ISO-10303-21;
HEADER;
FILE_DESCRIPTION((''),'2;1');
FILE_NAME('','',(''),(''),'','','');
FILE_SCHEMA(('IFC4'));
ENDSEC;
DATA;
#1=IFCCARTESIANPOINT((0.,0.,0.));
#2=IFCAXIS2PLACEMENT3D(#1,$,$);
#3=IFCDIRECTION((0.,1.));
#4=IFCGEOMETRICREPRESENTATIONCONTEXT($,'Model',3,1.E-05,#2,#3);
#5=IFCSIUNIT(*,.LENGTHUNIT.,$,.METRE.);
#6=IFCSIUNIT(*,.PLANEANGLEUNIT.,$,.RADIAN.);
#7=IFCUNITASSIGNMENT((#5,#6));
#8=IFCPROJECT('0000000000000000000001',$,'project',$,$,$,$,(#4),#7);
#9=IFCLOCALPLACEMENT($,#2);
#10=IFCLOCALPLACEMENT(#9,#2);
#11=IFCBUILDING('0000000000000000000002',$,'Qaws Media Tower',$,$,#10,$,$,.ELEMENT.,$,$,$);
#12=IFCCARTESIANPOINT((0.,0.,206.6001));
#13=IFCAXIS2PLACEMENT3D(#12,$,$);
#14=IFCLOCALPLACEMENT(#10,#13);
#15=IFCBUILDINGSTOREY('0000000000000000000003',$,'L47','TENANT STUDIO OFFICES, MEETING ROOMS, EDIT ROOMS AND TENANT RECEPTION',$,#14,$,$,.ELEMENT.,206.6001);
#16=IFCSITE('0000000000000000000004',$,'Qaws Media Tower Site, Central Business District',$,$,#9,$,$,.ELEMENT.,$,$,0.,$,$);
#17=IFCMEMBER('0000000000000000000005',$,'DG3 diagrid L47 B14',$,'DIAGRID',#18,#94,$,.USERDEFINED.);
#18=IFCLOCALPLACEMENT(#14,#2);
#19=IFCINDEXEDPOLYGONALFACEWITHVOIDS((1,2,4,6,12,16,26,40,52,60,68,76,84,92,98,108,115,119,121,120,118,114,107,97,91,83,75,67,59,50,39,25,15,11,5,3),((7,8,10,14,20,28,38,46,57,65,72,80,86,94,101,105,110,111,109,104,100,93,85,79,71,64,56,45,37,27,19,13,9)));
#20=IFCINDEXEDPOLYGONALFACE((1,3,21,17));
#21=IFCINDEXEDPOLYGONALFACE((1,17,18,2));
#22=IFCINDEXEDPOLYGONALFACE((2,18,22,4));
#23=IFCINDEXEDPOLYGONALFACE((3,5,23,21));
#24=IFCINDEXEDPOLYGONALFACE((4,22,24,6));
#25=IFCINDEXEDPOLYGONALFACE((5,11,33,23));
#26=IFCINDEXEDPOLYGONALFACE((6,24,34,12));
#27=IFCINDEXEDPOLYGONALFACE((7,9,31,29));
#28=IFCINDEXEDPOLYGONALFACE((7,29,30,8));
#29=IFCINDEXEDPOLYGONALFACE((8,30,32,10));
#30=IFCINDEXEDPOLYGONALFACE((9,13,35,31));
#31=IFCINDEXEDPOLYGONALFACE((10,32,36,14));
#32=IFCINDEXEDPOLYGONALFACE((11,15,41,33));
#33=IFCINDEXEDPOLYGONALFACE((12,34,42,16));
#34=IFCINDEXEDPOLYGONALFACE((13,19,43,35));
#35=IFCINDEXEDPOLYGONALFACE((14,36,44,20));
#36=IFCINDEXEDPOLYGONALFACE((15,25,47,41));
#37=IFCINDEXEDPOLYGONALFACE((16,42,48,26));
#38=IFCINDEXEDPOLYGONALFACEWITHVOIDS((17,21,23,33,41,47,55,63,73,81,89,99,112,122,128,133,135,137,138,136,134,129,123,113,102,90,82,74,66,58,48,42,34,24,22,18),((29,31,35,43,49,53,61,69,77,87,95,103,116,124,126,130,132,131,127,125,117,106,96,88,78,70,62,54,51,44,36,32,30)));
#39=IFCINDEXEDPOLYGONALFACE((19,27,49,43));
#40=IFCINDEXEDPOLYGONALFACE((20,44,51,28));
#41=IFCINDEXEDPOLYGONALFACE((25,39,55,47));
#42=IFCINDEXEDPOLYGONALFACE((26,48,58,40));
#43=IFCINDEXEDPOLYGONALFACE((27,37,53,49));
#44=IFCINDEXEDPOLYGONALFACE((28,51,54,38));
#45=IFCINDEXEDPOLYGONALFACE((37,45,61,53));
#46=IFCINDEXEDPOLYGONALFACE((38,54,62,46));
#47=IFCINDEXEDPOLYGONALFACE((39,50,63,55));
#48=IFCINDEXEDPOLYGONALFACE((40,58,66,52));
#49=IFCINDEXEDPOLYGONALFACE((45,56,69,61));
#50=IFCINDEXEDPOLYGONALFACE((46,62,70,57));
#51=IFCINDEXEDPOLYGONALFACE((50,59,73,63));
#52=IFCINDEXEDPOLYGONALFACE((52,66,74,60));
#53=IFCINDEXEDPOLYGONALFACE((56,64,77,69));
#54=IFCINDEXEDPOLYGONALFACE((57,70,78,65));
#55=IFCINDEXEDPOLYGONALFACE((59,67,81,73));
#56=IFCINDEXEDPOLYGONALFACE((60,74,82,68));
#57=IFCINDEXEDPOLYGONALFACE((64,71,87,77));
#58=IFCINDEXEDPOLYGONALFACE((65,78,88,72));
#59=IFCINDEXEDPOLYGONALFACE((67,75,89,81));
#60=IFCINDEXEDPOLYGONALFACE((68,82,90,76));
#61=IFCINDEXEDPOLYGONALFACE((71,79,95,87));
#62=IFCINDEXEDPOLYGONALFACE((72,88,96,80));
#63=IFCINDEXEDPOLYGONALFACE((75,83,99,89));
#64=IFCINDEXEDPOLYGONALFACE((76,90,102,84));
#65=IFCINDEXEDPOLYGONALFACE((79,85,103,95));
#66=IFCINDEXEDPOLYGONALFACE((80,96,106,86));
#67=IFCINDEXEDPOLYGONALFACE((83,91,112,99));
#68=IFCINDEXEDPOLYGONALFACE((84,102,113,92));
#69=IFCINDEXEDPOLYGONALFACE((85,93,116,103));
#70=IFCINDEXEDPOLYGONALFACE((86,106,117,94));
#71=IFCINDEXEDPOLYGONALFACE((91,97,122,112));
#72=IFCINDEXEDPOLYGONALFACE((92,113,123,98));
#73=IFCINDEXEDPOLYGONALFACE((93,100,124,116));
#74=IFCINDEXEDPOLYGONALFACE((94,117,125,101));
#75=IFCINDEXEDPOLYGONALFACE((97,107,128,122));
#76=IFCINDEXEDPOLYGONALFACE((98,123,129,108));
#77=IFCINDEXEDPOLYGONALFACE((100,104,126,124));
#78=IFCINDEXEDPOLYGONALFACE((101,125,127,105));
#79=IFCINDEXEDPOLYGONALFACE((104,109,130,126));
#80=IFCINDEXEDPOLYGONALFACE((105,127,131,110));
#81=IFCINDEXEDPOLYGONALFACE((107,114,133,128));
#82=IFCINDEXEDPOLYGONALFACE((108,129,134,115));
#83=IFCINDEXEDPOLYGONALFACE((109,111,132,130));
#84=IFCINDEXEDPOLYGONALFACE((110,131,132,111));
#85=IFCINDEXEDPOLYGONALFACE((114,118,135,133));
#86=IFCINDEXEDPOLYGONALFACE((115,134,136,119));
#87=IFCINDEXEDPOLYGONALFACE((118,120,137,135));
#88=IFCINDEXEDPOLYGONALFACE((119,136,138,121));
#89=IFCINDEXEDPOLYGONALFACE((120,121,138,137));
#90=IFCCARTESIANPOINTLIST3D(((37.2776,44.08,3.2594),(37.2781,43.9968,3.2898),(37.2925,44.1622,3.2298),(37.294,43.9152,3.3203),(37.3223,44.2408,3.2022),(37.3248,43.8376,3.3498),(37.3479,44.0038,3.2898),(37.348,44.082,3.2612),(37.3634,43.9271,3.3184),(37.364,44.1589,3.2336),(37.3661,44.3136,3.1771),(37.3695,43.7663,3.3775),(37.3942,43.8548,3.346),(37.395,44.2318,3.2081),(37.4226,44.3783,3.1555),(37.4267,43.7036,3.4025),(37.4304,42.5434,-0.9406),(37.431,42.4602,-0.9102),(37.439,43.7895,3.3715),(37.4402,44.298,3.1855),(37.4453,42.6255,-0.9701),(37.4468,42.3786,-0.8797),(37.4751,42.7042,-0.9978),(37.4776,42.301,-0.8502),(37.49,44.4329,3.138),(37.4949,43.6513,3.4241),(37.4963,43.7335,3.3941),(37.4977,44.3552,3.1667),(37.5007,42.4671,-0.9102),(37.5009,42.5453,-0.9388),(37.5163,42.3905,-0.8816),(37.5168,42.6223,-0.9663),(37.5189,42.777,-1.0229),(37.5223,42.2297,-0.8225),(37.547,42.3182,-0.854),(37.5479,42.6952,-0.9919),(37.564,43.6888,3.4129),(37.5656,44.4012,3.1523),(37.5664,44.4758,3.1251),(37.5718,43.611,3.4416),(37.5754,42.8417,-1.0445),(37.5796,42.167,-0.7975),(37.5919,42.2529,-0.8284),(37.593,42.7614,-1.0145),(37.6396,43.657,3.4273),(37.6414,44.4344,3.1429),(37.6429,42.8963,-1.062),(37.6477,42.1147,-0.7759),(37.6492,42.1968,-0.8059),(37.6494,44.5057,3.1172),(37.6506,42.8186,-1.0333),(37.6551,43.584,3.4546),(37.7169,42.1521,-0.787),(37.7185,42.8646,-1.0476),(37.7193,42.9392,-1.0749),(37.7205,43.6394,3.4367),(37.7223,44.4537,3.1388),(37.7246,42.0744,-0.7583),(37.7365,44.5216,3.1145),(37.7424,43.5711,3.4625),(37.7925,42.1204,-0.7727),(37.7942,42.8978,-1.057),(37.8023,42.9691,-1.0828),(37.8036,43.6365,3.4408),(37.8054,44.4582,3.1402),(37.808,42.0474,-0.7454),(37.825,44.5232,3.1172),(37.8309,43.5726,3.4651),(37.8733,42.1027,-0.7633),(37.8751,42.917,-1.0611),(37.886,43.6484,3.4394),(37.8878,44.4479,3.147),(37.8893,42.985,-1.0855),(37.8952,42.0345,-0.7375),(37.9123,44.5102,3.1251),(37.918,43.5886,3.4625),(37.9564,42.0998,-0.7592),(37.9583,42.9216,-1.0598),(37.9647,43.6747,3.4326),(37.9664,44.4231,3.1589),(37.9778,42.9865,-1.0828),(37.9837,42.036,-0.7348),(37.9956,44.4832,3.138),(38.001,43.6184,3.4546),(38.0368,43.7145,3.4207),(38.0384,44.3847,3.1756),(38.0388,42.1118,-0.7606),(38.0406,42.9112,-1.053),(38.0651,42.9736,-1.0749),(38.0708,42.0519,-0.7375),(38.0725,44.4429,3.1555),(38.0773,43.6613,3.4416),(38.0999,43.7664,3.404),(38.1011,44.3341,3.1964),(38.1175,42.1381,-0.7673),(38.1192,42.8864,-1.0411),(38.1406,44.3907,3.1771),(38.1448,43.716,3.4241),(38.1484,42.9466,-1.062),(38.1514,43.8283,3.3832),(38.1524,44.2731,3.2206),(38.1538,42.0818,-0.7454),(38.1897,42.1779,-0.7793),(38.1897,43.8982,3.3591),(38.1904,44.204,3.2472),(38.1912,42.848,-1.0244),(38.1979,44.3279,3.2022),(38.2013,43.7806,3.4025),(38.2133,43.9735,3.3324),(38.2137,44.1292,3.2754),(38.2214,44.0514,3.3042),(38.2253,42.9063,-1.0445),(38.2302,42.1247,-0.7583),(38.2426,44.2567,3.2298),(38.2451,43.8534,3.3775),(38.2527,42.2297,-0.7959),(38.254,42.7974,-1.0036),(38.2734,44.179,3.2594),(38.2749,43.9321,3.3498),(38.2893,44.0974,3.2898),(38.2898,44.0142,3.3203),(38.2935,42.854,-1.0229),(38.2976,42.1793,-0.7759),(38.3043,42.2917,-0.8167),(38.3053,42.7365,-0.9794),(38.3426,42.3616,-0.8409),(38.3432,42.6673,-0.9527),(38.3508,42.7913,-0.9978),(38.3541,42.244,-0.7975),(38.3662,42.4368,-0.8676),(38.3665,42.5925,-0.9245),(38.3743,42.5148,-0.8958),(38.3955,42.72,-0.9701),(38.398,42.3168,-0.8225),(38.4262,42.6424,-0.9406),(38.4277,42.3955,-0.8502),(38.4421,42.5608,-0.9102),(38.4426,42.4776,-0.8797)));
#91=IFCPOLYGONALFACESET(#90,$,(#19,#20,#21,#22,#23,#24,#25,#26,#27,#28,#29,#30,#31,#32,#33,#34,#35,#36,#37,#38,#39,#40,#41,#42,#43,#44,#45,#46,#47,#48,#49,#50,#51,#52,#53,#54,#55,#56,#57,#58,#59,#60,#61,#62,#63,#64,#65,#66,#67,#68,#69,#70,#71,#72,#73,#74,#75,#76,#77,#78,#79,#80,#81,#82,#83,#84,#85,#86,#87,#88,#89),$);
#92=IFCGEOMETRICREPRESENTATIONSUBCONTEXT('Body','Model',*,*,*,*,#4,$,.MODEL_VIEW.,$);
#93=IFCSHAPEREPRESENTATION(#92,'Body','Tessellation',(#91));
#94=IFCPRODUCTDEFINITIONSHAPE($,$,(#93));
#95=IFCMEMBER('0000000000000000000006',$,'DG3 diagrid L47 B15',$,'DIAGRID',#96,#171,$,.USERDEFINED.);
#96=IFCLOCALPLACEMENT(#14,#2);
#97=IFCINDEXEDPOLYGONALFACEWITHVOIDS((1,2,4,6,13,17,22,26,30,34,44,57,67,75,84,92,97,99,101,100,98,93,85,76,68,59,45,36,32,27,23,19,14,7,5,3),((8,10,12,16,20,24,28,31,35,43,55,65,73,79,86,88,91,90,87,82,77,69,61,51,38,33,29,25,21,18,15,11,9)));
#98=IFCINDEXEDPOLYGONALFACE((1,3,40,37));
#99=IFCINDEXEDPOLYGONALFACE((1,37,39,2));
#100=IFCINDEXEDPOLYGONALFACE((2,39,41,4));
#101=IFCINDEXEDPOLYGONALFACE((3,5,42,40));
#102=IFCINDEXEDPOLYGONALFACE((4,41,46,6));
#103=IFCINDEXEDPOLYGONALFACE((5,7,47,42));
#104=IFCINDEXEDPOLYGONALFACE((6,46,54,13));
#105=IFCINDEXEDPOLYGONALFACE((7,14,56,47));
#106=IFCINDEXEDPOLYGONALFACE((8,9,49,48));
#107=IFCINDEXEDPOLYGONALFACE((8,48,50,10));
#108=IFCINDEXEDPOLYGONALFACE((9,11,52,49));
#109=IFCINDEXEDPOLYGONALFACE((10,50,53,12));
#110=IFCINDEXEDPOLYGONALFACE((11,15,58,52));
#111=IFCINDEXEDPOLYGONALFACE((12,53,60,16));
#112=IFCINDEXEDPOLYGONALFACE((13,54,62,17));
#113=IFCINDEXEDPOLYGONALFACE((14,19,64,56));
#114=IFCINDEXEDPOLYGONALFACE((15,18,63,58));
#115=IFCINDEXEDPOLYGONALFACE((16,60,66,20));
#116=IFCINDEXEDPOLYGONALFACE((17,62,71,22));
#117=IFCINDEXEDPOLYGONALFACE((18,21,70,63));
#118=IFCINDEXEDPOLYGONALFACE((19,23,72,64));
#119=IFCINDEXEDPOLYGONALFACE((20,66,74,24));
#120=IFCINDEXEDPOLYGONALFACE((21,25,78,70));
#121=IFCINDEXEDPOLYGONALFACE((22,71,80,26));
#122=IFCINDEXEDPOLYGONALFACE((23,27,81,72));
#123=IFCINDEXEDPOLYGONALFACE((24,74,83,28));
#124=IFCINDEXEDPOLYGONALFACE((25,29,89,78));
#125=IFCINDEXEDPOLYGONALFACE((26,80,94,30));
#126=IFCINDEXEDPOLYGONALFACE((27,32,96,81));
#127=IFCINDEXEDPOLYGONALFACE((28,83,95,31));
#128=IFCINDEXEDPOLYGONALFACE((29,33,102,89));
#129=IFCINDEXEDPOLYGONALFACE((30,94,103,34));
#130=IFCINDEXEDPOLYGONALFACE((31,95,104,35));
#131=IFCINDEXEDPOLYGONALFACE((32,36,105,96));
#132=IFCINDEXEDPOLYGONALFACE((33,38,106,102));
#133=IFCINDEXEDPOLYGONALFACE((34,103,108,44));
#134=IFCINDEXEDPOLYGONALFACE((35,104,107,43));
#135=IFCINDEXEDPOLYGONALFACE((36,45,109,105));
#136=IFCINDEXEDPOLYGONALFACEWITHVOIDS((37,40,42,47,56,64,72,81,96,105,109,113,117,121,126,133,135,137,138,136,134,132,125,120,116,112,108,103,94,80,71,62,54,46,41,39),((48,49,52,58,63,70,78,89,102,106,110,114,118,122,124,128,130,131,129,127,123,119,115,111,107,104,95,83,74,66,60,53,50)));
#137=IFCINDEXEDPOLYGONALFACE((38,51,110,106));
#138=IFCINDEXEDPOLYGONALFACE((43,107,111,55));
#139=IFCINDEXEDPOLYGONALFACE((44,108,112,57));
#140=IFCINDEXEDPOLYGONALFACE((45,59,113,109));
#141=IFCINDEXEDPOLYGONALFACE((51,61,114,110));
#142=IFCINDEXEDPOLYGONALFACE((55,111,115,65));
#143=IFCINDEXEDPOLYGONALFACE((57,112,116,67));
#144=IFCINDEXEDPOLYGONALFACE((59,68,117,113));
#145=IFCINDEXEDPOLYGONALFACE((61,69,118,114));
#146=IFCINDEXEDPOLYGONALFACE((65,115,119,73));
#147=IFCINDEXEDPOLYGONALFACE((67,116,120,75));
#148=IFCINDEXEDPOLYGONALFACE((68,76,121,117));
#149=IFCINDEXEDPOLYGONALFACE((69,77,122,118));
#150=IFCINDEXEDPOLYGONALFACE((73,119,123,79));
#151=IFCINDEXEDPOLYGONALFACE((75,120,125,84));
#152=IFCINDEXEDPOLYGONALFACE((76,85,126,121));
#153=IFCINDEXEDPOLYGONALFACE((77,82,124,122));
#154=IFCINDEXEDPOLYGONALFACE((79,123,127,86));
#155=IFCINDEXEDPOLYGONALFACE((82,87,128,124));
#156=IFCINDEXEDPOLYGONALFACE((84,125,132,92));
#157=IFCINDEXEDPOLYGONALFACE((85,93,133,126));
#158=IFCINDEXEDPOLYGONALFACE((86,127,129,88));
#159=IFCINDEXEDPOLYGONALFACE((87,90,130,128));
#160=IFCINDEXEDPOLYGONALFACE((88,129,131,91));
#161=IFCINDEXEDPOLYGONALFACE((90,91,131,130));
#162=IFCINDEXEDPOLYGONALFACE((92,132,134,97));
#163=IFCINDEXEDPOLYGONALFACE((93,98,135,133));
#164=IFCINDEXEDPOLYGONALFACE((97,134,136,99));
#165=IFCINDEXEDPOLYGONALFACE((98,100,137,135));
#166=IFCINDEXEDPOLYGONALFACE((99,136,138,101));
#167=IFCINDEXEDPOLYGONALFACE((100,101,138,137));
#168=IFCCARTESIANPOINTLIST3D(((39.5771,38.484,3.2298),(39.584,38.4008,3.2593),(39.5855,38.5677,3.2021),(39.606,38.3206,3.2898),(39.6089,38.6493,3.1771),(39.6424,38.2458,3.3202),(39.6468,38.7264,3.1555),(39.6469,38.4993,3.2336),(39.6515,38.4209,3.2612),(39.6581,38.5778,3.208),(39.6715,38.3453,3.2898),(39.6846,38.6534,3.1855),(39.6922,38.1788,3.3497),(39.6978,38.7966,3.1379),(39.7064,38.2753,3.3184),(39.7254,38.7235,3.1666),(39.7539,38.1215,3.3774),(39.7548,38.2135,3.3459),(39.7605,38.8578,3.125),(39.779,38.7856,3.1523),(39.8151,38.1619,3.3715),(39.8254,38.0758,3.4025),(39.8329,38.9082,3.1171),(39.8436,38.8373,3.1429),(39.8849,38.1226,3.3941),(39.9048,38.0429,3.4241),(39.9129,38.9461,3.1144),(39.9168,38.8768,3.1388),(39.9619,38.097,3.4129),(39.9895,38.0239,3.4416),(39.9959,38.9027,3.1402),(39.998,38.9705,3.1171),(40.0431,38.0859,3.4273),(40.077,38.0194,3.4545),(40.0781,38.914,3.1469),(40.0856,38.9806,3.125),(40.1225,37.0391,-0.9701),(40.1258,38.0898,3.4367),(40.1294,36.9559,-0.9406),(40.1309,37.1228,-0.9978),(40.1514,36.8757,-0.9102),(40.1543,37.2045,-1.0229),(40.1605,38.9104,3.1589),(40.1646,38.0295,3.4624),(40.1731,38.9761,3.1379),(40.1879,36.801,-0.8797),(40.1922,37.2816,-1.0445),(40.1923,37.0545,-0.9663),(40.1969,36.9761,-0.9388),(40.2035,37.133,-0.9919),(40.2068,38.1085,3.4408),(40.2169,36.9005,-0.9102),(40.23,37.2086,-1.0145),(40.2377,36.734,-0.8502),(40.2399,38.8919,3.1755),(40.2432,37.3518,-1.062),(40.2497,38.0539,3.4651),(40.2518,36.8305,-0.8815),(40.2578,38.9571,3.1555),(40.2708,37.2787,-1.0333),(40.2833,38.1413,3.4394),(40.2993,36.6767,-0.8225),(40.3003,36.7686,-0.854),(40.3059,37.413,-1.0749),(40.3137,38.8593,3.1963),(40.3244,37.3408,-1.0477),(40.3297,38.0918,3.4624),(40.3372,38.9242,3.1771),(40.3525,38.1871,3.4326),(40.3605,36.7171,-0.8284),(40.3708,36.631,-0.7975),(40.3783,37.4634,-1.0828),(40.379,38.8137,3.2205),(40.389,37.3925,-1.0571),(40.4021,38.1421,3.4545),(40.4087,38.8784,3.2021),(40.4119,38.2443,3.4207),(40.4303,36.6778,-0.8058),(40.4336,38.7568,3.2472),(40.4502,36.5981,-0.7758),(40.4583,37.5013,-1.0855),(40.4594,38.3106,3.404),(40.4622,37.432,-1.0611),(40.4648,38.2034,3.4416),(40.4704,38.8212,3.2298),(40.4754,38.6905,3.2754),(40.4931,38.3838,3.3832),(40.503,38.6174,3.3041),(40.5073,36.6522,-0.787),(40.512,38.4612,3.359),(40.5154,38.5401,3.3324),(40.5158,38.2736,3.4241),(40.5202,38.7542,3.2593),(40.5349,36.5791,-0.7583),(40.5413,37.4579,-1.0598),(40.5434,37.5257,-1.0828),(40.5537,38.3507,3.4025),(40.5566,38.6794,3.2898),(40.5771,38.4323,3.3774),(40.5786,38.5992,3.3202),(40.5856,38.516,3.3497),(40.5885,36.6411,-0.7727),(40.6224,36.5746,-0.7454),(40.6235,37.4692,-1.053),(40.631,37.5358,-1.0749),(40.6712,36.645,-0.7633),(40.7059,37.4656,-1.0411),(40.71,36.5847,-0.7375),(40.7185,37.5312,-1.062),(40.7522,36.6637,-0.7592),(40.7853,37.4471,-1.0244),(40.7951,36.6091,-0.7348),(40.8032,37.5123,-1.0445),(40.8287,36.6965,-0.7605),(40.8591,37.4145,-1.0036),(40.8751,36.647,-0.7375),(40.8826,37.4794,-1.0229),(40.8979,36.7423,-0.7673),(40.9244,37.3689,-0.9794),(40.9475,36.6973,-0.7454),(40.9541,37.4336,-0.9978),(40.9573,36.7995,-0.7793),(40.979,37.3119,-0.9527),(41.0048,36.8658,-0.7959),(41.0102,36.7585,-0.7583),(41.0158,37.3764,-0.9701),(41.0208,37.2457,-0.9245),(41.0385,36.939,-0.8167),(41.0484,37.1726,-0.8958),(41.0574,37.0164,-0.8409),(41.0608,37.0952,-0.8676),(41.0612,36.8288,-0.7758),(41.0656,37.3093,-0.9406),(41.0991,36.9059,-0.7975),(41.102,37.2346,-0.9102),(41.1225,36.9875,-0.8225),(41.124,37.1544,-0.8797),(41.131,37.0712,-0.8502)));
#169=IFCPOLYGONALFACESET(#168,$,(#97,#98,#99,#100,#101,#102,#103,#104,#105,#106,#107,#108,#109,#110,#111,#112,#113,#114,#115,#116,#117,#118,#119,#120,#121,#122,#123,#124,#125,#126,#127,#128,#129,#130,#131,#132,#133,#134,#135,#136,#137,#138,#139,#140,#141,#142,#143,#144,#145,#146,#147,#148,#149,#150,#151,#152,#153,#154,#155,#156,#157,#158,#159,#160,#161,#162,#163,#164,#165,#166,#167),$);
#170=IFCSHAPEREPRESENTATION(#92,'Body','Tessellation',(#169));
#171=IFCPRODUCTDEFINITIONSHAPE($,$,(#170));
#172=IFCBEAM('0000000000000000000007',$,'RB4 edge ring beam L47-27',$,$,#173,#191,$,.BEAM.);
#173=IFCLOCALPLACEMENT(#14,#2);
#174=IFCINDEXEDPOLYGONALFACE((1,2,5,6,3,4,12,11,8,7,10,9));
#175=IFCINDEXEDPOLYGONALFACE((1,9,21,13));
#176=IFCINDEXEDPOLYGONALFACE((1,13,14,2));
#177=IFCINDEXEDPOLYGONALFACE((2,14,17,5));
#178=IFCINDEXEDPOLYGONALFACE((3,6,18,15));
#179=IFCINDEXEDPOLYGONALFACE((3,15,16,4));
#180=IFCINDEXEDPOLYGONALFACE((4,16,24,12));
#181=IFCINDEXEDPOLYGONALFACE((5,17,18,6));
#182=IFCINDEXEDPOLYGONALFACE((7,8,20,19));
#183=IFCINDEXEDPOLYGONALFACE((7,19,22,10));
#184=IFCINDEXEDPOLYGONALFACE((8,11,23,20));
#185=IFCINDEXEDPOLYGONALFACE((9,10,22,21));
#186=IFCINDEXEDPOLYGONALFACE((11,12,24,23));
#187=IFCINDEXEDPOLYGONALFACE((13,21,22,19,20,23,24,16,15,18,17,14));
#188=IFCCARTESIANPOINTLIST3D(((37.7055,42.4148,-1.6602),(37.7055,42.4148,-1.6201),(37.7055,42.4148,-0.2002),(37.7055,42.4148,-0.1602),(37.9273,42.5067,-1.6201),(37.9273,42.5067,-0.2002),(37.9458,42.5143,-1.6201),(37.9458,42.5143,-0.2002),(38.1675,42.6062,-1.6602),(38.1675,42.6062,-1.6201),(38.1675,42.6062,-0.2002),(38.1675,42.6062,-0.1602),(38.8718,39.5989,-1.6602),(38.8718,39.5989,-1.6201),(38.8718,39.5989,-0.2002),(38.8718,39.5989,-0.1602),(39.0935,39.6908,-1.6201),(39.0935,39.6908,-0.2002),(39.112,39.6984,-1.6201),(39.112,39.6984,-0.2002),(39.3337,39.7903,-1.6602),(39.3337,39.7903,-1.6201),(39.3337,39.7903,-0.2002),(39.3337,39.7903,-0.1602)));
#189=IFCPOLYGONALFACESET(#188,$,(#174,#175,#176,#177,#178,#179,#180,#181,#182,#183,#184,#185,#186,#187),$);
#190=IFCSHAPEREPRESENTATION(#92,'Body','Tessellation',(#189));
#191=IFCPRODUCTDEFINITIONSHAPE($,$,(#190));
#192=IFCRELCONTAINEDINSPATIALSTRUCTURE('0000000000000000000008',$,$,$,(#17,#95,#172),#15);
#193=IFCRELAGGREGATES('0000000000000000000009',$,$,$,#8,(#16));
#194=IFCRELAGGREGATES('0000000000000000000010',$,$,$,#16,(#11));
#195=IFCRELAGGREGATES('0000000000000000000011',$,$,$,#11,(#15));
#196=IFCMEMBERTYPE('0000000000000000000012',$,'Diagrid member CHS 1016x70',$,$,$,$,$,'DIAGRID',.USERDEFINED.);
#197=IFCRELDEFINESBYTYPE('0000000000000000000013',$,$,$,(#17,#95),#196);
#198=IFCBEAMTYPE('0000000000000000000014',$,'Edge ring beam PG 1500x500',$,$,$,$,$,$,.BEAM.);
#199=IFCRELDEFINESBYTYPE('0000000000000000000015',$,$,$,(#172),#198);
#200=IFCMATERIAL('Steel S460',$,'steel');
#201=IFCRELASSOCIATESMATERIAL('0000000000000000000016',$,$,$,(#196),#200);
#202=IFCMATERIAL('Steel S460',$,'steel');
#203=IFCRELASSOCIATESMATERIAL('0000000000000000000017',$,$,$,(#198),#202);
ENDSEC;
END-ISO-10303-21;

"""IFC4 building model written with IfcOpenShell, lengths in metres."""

from ifc_helpers import new_model, si_unit, direction, frame, origin, origin_2d, place, context, subcontext, project, spatial, hollow_circle, i_section, extrude, material, material_profile, profile_set, type_object, element, save


model = new_model("IFC4")

# Units and contexts
model_context = context("Model", 3, precision=1e-05, world=origin(), true_north=direction((0.0, 1.0)))
body_context = subcontext(model_context, "Body", "Model", "MODEL_VIEW")
ifc_project = project(units=[si_unit("LENGTHUNIT", "METRE"), si_unit("PLANEANGLEUNIT", "RADIAN")], contexts=[model_context])

# Site, building, storey
site_placement = place(None, origin())
site = spatial("IfcSite", under=ifc_project, at=site_placement, Name="Qaws Media Tower Site, Central Business District", CompositionType="ELEMENT", RefElevation=0.0)
building_placement = place(site_placement, origin())
building = spatial("IfcBuilding", under=site, at=building_placement, Name="Qaws Media Tower", CompositionType="ELEMENT")
storey_placement = place(building_placement, frame((0.0, 0.0, 206.6001)))
storey = spatial("IfcBuildingStorey", under=building, at=storey_placement, Name="L47", Description="TENANT STUDIO OFFICES, MEETING ROOMS, EDIT ROOMS AND TENANT RECEPTION", CompositionType="ELEMENT", Elevation=206.6001)

# Members
ifc_material_1 = material(Name="Steel S460", Category="steel")
ifc_material_profile_1 = material_profile(ifc_material_1, hollow_circle(Radius=0.5081, WallThickness=0.0701, at=origin_2d()), Name="CHS 1016x70")
ifc_profile_set_1 = profile_set([ifc_material_profile_1], Name="Steel S460")
member_type_1 = type_object("IfcMemberType", Name="Diagrid member CHS 1016x70", ElementType="DIAGRID", PredefinedType="USERDEFINED", material=ifc_profile_set_1)
for number, where, z_axis, x_axis, name in (
    (1, (37.9365, 42.5105, -0.9102), (-0.034154, 0.343392, 0.938571), (-0.99509, -0.098971, 0.0), "DG3 diagrid L47 B14"),
    (2, (40.6267, 37.0552, -0.9102), (-0.121883, 0.322874, 0.938561), (-0.93556, -0.353167, 0.0), "DG3 diagrid L47 B15"),
):
    element("IfcMember", number, at=place(storey_placement, frame(where, z_axis=z_axis, x_axis=x_axis)), inside=storey, type_object=member_type_1, Name=name, ObjectType="DIAGRID", PredefinedType="USERDEFINED", context=body_context, shape_type="SweptSolid", body=[
        extrude(hollow_circle(Radius=0.5081, WallThickness=0.0701, at=origin_2d()), origin(), (0.0, 0.0, 1.0), 4.4749),
    ])

# Beam
ifc_material_2 = material(Name="Steel S460", Category="steel")
ifc_material_profile_2 = material_profile(ifc_material_2, i_section(OverallWidth=0.5, OverallDepth=1.5, WebThickness=0.02, FlangeThickness=0.04, at=origin_2d()), Name="PG 1500x500")
ifc_profile_set_2 = profile_set([ifc_material_profile_2], Name="Steel S460")
beam_type = type_object("IfcBeamType", Name="Edge ring beam PG 1500x500", PredefinedType="BEAM", material=ifc_profile_set_2)
for number, where, z_axis, x_axis, name in (
    (3, (37.9365, 42.5105, -0.9102), (0.382647, -0.923895, 0.0), (0.923895, 0.382647, 0.0), "RB4 edge ring beam L47-27"),
):
    element("IfcBeam", number, at=place(storey_placement, frame(where, z_axis=z_axis, x_axis=x_axis)), inside=storey, type_object=beam_type, Name=name, PredefinedType="BEAM", context=body_context, shape_type="SweptSolid", body=[
        extrude(i_section(OverallWidth=0.5, OverallDepth=1.5, WebThickness=0.02, FlangeThickness=0.04, at=origin_2d()), origin(), (0.0, 0.0, 1.0), 3.0479),
    ])

save(model, "model.ifc")
